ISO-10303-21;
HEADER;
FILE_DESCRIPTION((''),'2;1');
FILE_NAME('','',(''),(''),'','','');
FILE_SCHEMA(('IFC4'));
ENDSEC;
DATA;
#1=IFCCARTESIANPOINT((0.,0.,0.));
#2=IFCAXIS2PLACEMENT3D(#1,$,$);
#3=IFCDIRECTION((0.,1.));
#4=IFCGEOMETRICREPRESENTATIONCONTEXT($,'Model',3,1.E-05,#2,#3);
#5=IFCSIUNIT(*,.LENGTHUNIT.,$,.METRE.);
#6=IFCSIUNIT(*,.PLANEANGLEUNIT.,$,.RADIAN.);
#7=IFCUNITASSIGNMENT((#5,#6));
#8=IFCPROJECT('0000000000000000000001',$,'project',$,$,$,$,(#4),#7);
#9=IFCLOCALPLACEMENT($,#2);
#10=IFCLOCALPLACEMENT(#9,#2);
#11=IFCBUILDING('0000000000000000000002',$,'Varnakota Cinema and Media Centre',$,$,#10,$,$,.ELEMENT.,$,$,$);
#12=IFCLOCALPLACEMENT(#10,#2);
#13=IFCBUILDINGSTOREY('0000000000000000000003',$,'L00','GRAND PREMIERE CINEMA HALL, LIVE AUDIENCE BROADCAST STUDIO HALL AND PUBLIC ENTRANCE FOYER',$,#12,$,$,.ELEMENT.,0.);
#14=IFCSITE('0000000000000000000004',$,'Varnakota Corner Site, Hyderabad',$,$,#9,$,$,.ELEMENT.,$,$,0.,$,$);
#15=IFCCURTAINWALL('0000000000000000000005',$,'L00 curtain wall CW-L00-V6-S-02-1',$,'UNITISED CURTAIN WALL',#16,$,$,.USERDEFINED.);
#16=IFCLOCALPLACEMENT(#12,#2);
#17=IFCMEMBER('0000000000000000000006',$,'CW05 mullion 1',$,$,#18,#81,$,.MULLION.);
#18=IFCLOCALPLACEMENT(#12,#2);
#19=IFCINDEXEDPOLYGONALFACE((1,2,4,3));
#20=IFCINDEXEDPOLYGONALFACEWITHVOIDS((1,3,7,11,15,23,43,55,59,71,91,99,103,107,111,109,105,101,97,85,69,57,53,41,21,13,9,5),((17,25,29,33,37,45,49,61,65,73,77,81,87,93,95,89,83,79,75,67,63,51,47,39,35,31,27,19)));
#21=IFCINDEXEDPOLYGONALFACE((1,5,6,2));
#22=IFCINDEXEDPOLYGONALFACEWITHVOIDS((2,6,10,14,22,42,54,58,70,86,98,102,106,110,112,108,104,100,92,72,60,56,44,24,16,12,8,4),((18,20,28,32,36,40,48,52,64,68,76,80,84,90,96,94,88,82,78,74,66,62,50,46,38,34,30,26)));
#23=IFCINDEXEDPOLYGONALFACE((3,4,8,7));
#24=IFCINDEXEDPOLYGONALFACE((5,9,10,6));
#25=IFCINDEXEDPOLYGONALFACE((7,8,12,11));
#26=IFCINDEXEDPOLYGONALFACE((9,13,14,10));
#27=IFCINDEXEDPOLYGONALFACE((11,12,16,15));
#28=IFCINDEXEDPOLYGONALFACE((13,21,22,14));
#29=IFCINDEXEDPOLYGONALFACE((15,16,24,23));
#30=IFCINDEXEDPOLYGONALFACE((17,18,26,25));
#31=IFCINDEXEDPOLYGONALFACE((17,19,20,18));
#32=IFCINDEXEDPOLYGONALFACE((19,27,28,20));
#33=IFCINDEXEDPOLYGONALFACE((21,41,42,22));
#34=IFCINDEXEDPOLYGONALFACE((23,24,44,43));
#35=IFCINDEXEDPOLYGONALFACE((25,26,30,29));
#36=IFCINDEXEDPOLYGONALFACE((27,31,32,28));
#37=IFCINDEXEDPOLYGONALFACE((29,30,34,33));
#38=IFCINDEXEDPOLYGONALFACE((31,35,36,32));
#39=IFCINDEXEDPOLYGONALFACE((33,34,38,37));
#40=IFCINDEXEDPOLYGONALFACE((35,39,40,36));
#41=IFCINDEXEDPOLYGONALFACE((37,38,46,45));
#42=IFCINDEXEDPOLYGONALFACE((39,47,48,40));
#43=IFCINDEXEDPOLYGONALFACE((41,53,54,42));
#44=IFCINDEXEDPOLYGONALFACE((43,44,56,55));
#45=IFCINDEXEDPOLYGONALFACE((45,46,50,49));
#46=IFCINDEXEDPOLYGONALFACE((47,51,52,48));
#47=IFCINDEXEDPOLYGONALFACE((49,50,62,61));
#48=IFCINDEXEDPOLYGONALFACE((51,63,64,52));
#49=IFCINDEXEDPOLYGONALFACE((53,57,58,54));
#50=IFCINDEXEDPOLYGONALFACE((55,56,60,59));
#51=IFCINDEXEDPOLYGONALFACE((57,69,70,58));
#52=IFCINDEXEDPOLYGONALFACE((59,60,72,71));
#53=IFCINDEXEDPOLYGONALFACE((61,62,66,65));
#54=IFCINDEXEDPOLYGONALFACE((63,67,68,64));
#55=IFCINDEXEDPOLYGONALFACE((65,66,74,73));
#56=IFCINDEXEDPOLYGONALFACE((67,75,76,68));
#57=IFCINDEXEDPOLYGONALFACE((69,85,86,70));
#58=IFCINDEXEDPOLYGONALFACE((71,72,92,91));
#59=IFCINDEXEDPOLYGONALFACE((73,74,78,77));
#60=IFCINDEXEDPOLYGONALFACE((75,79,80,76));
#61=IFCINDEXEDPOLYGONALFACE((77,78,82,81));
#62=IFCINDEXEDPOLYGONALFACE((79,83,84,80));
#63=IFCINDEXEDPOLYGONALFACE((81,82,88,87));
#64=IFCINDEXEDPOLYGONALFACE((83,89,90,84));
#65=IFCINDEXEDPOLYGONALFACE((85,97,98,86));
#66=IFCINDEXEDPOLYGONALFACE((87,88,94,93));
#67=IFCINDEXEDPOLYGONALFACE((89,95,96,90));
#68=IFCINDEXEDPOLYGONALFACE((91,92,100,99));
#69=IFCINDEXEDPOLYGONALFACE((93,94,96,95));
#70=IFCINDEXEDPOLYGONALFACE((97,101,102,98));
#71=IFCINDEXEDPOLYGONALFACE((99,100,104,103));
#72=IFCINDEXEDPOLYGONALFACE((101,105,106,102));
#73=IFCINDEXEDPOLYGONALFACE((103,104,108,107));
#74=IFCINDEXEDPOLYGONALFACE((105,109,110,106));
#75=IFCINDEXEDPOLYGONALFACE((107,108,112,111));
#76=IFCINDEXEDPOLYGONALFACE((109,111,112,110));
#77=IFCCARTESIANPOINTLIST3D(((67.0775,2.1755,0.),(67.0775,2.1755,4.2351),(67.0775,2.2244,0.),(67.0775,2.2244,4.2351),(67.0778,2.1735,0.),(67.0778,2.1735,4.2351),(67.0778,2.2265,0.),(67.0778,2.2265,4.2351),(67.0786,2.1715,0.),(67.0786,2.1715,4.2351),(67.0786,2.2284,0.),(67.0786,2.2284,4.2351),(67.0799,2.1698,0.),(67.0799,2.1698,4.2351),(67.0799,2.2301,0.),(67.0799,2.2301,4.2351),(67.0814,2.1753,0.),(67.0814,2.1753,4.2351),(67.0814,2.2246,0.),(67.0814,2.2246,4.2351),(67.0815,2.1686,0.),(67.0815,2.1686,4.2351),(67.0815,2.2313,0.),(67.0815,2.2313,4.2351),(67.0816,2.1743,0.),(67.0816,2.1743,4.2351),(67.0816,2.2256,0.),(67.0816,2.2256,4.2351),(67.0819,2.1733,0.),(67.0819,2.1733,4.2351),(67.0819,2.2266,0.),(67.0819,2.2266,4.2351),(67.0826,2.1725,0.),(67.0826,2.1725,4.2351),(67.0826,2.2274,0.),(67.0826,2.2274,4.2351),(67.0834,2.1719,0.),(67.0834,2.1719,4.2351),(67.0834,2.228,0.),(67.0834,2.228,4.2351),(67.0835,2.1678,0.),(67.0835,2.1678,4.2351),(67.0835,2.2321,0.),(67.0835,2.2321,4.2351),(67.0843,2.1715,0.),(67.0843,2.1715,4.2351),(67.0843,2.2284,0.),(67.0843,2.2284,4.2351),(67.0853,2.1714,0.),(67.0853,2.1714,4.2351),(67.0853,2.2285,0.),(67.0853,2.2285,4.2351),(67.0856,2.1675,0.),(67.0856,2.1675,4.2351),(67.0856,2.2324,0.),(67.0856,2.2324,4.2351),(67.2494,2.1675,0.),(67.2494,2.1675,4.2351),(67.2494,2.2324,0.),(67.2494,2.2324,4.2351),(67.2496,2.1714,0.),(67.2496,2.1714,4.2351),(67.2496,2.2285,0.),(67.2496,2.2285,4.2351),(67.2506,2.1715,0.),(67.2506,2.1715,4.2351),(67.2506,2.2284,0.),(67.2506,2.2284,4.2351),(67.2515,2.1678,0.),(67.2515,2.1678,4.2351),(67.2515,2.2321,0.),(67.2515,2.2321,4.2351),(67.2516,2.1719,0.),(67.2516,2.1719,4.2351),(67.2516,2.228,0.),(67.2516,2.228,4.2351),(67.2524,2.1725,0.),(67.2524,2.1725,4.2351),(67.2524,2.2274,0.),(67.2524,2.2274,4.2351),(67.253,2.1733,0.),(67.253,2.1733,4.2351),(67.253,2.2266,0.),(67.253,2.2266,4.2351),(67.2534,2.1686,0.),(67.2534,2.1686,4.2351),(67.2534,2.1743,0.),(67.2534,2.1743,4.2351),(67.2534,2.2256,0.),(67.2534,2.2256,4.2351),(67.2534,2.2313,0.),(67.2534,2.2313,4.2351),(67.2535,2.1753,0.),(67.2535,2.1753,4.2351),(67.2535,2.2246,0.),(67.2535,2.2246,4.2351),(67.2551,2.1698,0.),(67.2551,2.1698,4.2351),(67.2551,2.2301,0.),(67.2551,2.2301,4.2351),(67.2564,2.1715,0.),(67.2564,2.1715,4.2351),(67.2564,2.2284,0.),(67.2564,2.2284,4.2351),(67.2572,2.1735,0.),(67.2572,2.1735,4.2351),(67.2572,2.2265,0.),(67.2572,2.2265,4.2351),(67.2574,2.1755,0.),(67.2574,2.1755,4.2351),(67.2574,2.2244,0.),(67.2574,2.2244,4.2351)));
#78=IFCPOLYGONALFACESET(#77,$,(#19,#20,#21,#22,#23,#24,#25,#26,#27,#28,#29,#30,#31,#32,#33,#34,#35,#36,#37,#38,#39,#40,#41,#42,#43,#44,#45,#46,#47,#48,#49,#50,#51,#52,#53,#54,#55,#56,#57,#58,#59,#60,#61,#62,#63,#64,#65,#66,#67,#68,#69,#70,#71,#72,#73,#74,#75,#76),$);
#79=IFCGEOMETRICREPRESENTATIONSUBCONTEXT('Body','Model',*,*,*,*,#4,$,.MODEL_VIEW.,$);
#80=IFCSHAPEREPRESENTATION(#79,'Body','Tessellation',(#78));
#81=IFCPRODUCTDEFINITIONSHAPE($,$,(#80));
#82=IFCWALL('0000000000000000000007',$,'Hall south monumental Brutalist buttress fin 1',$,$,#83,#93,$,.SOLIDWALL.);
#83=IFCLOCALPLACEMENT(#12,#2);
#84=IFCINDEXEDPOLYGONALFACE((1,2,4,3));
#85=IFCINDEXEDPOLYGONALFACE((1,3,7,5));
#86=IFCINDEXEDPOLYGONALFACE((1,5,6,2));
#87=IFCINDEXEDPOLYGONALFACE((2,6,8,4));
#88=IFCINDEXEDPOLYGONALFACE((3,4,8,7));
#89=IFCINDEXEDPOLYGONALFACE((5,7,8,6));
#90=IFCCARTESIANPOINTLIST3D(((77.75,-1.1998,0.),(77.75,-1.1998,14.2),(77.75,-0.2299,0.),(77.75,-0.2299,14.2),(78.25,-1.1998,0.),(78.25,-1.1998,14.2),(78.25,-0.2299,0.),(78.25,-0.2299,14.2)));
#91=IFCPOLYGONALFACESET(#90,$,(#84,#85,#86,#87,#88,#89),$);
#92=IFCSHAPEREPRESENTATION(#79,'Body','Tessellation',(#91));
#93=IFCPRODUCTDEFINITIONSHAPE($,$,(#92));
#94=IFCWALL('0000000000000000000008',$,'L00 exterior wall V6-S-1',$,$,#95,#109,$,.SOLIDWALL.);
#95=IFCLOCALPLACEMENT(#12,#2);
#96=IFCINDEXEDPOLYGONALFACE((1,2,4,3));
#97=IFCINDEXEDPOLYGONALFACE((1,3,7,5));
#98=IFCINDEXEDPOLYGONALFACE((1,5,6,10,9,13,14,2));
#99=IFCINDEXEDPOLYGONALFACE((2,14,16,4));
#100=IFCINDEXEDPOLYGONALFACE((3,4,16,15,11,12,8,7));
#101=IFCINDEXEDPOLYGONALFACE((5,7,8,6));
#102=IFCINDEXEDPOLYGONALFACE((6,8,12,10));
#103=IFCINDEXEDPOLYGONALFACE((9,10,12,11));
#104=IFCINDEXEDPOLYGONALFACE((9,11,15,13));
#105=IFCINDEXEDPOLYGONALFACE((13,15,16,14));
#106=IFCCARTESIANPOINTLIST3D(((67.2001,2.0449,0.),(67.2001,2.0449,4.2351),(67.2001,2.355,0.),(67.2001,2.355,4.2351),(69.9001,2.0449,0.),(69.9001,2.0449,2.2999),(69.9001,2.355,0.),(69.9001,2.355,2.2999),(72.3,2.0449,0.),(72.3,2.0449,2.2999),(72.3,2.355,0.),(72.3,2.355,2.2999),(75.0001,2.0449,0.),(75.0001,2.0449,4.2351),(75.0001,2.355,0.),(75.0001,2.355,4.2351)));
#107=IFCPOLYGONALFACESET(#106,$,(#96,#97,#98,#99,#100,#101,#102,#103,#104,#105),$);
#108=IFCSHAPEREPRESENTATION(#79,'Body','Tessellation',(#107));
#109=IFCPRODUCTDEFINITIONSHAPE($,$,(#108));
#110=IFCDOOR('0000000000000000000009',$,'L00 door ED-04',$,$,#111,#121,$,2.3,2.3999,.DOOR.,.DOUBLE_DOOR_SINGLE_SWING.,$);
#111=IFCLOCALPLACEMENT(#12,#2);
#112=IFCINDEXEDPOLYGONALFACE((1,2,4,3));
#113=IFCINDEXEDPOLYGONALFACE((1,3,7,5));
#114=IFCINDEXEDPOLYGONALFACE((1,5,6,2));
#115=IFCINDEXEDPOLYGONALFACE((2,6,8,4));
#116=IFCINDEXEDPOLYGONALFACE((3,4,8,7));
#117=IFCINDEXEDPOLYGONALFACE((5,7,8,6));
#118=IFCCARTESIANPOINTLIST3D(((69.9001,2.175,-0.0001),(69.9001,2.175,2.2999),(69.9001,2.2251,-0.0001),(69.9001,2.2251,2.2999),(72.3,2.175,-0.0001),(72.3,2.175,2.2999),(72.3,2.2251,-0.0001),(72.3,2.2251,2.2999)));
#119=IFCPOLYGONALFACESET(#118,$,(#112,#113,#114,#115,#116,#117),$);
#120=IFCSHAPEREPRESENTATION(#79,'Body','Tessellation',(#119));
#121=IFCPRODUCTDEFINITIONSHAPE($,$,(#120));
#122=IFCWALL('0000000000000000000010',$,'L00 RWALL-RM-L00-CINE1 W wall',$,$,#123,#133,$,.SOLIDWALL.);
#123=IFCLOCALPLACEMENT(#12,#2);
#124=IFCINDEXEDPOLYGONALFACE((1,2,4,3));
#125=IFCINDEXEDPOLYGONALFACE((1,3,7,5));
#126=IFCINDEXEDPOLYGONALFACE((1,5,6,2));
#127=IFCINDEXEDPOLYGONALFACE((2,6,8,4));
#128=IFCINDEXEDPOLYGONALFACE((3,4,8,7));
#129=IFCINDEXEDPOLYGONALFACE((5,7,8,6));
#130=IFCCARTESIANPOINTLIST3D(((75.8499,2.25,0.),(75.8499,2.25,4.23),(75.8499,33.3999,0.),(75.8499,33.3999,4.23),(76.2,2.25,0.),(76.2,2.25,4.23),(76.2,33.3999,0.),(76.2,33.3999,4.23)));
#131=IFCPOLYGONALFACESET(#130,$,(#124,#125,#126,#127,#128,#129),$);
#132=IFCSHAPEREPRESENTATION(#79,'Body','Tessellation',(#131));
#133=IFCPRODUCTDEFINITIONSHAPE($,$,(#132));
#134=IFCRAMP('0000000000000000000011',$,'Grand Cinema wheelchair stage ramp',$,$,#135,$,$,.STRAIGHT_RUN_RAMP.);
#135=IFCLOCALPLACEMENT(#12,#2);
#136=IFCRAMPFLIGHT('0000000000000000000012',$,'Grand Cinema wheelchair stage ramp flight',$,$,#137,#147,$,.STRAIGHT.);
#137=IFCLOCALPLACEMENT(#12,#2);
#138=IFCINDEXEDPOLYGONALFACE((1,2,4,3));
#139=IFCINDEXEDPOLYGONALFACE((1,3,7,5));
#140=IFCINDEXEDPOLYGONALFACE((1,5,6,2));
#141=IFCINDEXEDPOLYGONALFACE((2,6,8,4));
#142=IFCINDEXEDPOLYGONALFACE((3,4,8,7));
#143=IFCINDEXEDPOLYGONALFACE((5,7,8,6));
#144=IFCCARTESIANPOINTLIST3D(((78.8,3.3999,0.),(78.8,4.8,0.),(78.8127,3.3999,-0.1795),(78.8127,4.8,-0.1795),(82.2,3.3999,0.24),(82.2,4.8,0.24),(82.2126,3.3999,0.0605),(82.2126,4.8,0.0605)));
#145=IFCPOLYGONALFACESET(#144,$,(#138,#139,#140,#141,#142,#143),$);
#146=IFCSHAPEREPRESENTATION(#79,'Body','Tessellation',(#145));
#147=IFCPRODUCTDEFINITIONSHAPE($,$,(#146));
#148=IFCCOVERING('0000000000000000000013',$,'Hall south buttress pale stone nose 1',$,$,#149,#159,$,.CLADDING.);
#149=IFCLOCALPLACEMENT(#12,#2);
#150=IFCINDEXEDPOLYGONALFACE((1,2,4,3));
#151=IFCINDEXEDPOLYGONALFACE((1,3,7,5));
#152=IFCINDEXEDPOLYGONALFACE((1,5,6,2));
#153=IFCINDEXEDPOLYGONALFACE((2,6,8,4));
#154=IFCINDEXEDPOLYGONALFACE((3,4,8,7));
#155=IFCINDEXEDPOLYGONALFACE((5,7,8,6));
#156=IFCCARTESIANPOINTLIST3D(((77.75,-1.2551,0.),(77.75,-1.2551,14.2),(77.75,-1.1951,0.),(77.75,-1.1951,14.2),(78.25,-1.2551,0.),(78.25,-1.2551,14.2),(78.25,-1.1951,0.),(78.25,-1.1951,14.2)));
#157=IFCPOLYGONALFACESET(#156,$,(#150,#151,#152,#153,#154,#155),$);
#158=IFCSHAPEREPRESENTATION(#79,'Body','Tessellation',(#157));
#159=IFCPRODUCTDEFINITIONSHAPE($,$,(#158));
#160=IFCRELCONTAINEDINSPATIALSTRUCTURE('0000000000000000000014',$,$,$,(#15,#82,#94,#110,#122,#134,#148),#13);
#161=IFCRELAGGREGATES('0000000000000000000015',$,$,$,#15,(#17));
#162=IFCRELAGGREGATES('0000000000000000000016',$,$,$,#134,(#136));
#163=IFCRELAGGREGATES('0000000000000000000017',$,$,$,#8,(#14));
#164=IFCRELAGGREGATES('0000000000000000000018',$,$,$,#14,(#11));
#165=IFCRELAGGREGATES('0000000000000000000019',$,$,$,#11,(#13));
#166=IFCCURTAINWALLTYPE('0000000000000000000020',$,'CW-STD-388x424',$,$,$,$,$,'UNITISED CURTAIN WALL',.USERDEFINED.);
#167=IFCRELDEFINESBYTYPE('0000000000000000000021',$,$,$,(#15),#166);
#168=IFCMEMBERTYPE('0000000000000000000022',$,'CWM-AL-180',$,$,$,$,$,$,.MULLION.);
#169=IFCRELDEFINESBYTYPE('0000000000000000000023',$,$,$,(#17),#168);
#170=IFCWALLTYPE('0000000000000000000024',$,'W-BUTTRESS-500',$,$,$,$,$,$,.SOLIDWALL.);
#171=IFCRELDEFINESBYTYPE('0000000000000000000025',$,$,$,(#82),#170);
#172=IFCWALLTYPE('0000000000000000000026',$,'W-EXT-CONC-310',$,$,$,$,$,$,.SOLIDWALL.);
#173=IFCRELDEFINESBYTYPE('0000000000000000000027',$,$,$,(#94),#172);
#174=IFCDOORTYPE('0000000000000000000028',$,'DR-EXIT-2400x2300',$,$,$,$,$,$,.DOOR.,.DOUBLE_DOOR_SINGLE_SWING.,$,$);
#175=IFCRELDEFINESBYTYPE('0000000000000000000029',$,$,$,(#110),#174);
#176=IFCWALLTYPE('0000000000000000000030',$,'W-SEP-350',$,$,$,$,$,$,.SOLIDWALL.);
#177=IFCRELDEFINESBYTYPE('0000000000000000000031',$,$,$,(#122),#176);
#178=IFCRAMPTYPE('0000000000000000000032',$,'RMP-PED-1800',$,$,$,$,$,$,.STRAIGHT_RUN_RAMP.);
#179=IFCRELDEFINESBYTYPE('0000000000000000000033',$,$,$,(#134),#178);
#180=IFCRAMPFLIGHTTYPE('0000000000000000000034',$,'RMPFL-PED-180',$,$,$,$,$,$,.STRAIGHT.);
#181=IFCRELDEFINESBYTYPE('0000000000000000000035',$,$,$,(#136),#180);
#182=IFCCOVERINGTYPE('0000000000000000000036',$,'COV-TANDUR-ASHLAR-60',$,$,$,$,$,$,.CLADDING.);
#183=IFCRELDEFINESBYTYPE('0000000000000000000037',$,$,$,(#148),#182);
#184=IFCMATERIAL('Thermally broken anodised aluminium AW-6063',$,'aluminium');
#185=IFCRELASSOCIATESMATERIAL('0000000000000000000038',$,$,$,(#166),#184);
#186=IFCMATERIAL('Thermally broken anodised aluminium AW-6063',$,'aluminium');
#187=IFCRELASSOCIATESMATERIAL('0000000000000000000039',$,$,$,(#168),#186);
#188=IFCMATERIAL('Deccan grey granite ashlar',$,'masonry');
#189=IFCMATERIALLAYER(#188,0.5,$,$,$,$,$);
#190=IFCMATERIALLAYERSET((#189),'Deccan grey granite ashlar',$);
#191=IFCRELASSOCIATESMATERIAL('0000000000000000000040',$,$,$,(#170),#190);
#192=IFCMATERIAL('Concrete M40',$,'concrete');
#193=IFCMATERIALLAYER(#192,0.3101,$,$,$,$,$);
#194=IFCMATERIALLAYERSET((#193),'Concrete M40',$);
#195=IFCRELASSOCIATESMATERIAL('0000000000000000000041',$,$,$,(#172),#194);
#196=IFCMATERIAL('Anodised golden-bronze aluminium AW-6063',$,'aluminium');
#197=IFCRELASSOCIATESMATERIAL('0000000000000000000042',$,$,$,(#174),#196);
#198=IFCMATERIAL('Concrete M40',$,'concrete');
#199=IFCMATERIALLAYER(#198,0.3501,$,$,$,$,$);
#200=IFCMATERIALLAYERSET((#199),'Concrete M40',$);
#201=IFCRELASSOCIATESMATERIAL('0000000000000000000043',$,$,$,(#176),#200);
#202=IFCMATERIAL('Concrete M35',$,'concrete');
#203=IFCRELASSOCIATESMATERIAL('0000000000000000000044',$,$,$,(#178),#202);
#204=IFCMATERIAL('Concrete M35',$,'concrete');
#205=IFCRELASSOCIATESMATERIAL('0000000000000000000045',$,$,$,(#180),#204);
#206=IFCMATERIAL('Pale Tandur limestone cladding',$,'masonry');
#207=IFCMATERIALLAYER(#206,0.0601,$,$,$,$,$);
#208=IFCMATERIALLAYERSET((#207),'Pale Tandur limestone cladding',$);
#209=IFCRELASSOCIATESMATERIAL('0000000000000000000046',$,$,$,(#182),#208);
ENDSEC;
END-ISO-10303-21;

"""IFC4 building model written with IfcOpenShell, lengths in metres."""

from ifc_helpers import new_model, si_unit, direction, frame, frame_2d, origin, origin_2d, place, context, subcontext, project, spatial, polyline, rectangle, hollow_rectangle, outline, extrude, material, layer, layer_set, material_profile, profile_set, type_object, element, fill, aggregate, save


model = new_model("IFC4")

# Units and contexts
model_context = context("Model", 3, precision=1e-05, world=origin(), true_north=direction((0.0, 1.0)))
body_context = subcontext(model_context, "Body", "Model", "MODEL_VIEW")
ifc_project = project(units=[si_unit("LENGTHUNIT", "METRE"), si_unit("PLANEANGLEUNIT", "RADIAN")], contexts=[model_context])

# Site, building, storey
site_placement = place(None, origin())
site = spatial("IfcSite", under=ifc_project, at=site_placement, Name="Varnakota Corner Site, Hyderabad", CompositionType="ELEMENT", RefElevation=0.0)
building_placement = place(site_placement, origin())
building = spatial("IfcBuilding", under=site, at=building_placement, Name="Varnakota Cinema and Media Centre", CompositionType="ELEMENT")
storey_placement = place(building_placement, origin())
storey = spatial("IfcBuildingStorey", under=building, at=storey_placement, Name="L00", Description="GRAND PREMIERE CINEMA HALL, LIVE AUDIENCE BROADCAST STUDIO HALL AND PUBLIC ENTRANCE FOYER", CompositionType="ELEMENT", Elevation=0.0)

# Curtain wall, member
ifc_material_1 = material(Name="Thermally broken anodised aluminium AW-6063", Category="aluminium")
curtain_wall_type = type_object("IfcCurtainWallType", Name="CW-STD-388x424", ElementType="UNITISED CURTAIN WALL", PredefinedType="USERDEFINED", material=ifc_material_1)
curtain_wall_placement = place(storey_placement, origin())
curtain_wall = element("IfcCurtainWall", 1, at=curtain_wall_placement, inside=storey, type_object=curtain_wall_type, Name="L00 curtain wall CW-L00-V6-S-02-1", ObjectType="UNITISED CURTAIN WALL", PredefinedType="USERDEFINED")
ifc_material_2 = material(Name="Thermally broken anodised aluminium AW-6063", Category="aluminium")
ifc_material_profile_1 = material_profile(ifc_material_2, hollow_rectangle(XDim=0.0649, YDim=0.1799, WallThickness=0.0039, InnerFilletRadius=0.0039, OuterFilletRadius=0.0081, at=origin_2d()), Name="AL-MULLION 180x65x4")
ifc_profile_set_1 = profile_set([ifc_material_profile_1], Name="Thermally broken anodised aluminium AW-6063")
member_type = type_object("IfcMemberType", Name="CWM-AL-180", PredefinedType="MULLION", material=ifc_profile_set_1)
member_placement = place(storey_placement, frame((67.1675, 2.2, 0.0), z_axis=(0.0, 0.0, 1.0), x_axis=(0.0, -1.0, 0.0)))
member = element("IfcMember", 2, at=member_placement, type_object=member_type, Name="CW05 mullion 1", PredefinedType="MULLION", context=body_context, shape_type="SweptSolid", body=[
    extrude(hollow_rectangle(XDim=0.0649, YDim=0.1799, WallThickness=0.0039, InnerFilletRadius=0.0039, OuterFilletRadius=0.0081, at=origin_2d()), origin(), (0.0, 0.0, 1.0), 4.2351),
])
aggregate(curtain_wall, [member])

# Wall
ifc_material_3 = material(Name="Deccan grey granite ashlar", Category="masonry")
ifc_layer_1 = layer(ifc_material_3, 0.5)
ifc_layer_set_1 = layer_set([ifc_layer_1], Name="Deccan grey granite ashlar")
wall_type_1 = type_object("IfcWallType", Name="W-BUTTRESS-500", PredefinedType="SOLIDWALL", material=ifc_layer_set_1)
wall_1_placement = place(storey_placement, frame((78.0, -0.23, 0.0), z_axis=(0.0, 0.0, 1.0), x_axis=(0.0, -1.0, 0.0)))
element("IfcWall", 3, at=wall_1_placement, inside=storey, type_object=wall_type_1, Name="Hall south monumental Brutalist buttress fin 1", PredefinedType="SOLIDWALL", context=body_context, shape_type="SweptSolid", body=[
    extrude(rectangle(XDim=0.97, YDim=0.5, at=frame_2d((0.4849, 0.0))), origin(), (0.0, 0.0, 1.0), 14.2),
])

# Wall, opening, door
ifc_material_4 = material(Name="Concrete M40", Category="concrete")
ifc_layer_2 = layer(ifc_material_4, 0.3101)
ifc_layer_set_2 = layer_set([ifc_layer_2], Name="Concrete M40")
wall_type_2 = type_object("IfcWallType", Name="W-EXT-CONC-310", PredefinedType="SOLIDWALL", material=ifc_layer_set_2)
wall_2_placement = place(storey_placement, frame((75.0, 2.2, 0.0), z_axis=(0.0, 0.0, 1.0), x_axis=(-1.0, 0.0, 0.0)))
wall_2 = element("IfcWall", 4, at=wall_2_placement, inside=storey, type_object=wall_type_2, Name="L00 exterior wall V6-S-1", PredefinedType="SOLIDWALL", context=body_context, shape_type="SweptSolid", body=[
    extrude(rectangle(XDim=7.8, YDim=0.3101, at=frame_2d((3.8999, 0.0))), origin(), (0.0, 0.0, 1.0), 4.2351),
])
opening_placement = place(wall_2_placement, frame((2.7, 0.0, 0.0)))
opening = element("IfcOpeningElement", 5, at=opening_placement, cuts=wall_2, PredefinedType="OPENING", context=body_context, shape_type="SweptSolid", body=[
    extrude(rectangle(XDim=2.3999, YDim=2.3, at=frame_2d((1.2, 1.1499))), frame((0.0, 0.155, 0.0), z_axis=(0.0, -1.0, 0.0), x_axis=(1.0, 0.0, 0.0)), (0.0, 0.0, 1.0), 0.3101),
])
ifc_material_5 = material(Name="Anodised golden-bronze aluminium AW-6063", Category="aluminium")
door_type = type_object("IfcDoorType", Name="DR-EXIT-2400x2300", OperationType="DOUBLE_DOOR_SINGLE_SWING", PredefinedType="DOOR", material=ifc_material_5)
door_placement = place(opening_placement, origin())
door = element("IfcDoor", 6, at=door_placement, inside=storey, type_object=door_type, Name="L00 door ED-04", OperationType="DOUBLE_DOOR_SINGLE_SWING", OverallHeight=2.3, OverallWidth=2.3999, PredefinedType="DOOR", context=body_context, shape_type="SweptSolid", body=[
    extrude(rectangle(XDim=2.3999, YDim=2.3, at=frame_2d((1.2, 1.1499))), frame((0.0, 0.0249, 0.0), z_axis=(0.0, -1.0, 0.0), x_axis=(1.0, 0.0, 0.0)), (0.0, 0.0, 1.0), 0.05),
])
fill(opening, door)

# Wall
ifc_material_6 = material(Name="Concrete M40", Category="concrete")
ifc_layer_3 = layer(ifc_material_6, 0.3501)
ifc_layer_set_3 = layer_set([ifc_layer_3], Name="Concrete M40")
wall_type_3 = type_object("IfcWallType", Name="W-SEP-350", PredefinedType="SOLIDWALL", material=ifc_layer_set_3)
wall_3_placement = place(storey_placement, frame((76.0249, 2.25, 0.0), z_axis=(0.0, 0.0, 1.0), x_axis=(0.0, 1.0, 0.0)))
element("IfcWall", 7, at=wall_3_placement, inside=storey, type_object=wall_type_3, Name="L00 RWALL-RM-L00-CINE1 W wall", PredefinedType="SOLIDWALL", context=body_context, shape_type="SweptSolid", body=[
    extrude(rectangle(XDim=31.1499, YDim=0.3501, at=frame_2d((15.575, 0.0))), origin(), (0.0, 0.0, 1.0), 4.23),
])

# Ramp, ramp flight
ifc_material_7 = material(Name="Concrete M35", Category="concrete")
ramp_type = type_object("IfcRampType", Name="RMP-PED-1800", PredefinedType="STRAIGHT_RUN_RAMP", material=ifc_material_7)
ramp_placement = place(storey_placement, frame((80.5, 4.1001, 0.0701), z_axis=(0.0, 0.0, 1.0), x_axis=(1.0, 0.0, 0.0)))
ramp = element("IfcRamp", 8, at=ramp_placement, inside=storey, type_object=ramp_type, Name="Grand Cinema wheelchair stage ramp", PredefinedType="STRAIGHT_RUN_RAMP")
ifc_material_8 = material(Name="Concrete M35", Category="concrete")
ramp_flight_type = type_object("IfcRampFlightType", Name="RMPFL-PED-180", PredefinedType="STRAIGHT", material=ifc_material_8)
ramp_flight_placement = place(storey_placement, frame((78.8, 3.3999, 0.0), z_axis=(-0.070412, 0.0, 0.997518), x_axis=(0.997518, 0.0, 0.070412)))
ramp_flight = element("IfcRampFlight", 9, at=ramp_flight_placement, type_object=ramp_flight_type, Name="Grand Cinema wheelchair stage ramp flight", PredefinedType="STRAIGHT", context=body_context, shape_type="SweptSolid", body=[
    extrude(outline(polyline([(0.0, 0.0), (3.4084, 0.0), (3.4084, 1.4001), (0.0, 1.4001), (0.0, 0.0)])), origin(), (0.0, 0.0, -1.0), 0.1799),
])
aggregate(ramp, [ramp_flight])

# Covering
ifc_material_9 = material(Name="Pale Tandur limestone cladding", Category="masonry")
ifc_layer_4 = layer(ifc_material_9, 0.0601)
ifc_layer_set_4 = layer_set([ifc_layer_4], Name="Pale Tandur limestone cladding")
covering_type = type_object("IfcCoveringType", Name="COV-TANDUR-ASHLAR-60", PredefinedType="CLADDING", material=ifc_layer_set_4)
covering_placement = place(storey_placement, frame((78.0, -1.2251, 0.0), z_axis=(0.0, 0.0, 1.0), x_axis=(1.0, 0.0, 0.0)))
element("IfcCovering", 10, at=covering_placement, inside=storey, type_object=covering_type, Name="Hall south buttress pale stone nose 1", PredefinedType="CLADDING", context=body_context, shape_type="SweptSolid", body=[
    extrude(rectangle(XDim=0.5, YDim=0.0601, at=origin_2d()), origin(), (0.0, 0.0, 1.0), 14.2),
])

save(model, "model.ifc")
